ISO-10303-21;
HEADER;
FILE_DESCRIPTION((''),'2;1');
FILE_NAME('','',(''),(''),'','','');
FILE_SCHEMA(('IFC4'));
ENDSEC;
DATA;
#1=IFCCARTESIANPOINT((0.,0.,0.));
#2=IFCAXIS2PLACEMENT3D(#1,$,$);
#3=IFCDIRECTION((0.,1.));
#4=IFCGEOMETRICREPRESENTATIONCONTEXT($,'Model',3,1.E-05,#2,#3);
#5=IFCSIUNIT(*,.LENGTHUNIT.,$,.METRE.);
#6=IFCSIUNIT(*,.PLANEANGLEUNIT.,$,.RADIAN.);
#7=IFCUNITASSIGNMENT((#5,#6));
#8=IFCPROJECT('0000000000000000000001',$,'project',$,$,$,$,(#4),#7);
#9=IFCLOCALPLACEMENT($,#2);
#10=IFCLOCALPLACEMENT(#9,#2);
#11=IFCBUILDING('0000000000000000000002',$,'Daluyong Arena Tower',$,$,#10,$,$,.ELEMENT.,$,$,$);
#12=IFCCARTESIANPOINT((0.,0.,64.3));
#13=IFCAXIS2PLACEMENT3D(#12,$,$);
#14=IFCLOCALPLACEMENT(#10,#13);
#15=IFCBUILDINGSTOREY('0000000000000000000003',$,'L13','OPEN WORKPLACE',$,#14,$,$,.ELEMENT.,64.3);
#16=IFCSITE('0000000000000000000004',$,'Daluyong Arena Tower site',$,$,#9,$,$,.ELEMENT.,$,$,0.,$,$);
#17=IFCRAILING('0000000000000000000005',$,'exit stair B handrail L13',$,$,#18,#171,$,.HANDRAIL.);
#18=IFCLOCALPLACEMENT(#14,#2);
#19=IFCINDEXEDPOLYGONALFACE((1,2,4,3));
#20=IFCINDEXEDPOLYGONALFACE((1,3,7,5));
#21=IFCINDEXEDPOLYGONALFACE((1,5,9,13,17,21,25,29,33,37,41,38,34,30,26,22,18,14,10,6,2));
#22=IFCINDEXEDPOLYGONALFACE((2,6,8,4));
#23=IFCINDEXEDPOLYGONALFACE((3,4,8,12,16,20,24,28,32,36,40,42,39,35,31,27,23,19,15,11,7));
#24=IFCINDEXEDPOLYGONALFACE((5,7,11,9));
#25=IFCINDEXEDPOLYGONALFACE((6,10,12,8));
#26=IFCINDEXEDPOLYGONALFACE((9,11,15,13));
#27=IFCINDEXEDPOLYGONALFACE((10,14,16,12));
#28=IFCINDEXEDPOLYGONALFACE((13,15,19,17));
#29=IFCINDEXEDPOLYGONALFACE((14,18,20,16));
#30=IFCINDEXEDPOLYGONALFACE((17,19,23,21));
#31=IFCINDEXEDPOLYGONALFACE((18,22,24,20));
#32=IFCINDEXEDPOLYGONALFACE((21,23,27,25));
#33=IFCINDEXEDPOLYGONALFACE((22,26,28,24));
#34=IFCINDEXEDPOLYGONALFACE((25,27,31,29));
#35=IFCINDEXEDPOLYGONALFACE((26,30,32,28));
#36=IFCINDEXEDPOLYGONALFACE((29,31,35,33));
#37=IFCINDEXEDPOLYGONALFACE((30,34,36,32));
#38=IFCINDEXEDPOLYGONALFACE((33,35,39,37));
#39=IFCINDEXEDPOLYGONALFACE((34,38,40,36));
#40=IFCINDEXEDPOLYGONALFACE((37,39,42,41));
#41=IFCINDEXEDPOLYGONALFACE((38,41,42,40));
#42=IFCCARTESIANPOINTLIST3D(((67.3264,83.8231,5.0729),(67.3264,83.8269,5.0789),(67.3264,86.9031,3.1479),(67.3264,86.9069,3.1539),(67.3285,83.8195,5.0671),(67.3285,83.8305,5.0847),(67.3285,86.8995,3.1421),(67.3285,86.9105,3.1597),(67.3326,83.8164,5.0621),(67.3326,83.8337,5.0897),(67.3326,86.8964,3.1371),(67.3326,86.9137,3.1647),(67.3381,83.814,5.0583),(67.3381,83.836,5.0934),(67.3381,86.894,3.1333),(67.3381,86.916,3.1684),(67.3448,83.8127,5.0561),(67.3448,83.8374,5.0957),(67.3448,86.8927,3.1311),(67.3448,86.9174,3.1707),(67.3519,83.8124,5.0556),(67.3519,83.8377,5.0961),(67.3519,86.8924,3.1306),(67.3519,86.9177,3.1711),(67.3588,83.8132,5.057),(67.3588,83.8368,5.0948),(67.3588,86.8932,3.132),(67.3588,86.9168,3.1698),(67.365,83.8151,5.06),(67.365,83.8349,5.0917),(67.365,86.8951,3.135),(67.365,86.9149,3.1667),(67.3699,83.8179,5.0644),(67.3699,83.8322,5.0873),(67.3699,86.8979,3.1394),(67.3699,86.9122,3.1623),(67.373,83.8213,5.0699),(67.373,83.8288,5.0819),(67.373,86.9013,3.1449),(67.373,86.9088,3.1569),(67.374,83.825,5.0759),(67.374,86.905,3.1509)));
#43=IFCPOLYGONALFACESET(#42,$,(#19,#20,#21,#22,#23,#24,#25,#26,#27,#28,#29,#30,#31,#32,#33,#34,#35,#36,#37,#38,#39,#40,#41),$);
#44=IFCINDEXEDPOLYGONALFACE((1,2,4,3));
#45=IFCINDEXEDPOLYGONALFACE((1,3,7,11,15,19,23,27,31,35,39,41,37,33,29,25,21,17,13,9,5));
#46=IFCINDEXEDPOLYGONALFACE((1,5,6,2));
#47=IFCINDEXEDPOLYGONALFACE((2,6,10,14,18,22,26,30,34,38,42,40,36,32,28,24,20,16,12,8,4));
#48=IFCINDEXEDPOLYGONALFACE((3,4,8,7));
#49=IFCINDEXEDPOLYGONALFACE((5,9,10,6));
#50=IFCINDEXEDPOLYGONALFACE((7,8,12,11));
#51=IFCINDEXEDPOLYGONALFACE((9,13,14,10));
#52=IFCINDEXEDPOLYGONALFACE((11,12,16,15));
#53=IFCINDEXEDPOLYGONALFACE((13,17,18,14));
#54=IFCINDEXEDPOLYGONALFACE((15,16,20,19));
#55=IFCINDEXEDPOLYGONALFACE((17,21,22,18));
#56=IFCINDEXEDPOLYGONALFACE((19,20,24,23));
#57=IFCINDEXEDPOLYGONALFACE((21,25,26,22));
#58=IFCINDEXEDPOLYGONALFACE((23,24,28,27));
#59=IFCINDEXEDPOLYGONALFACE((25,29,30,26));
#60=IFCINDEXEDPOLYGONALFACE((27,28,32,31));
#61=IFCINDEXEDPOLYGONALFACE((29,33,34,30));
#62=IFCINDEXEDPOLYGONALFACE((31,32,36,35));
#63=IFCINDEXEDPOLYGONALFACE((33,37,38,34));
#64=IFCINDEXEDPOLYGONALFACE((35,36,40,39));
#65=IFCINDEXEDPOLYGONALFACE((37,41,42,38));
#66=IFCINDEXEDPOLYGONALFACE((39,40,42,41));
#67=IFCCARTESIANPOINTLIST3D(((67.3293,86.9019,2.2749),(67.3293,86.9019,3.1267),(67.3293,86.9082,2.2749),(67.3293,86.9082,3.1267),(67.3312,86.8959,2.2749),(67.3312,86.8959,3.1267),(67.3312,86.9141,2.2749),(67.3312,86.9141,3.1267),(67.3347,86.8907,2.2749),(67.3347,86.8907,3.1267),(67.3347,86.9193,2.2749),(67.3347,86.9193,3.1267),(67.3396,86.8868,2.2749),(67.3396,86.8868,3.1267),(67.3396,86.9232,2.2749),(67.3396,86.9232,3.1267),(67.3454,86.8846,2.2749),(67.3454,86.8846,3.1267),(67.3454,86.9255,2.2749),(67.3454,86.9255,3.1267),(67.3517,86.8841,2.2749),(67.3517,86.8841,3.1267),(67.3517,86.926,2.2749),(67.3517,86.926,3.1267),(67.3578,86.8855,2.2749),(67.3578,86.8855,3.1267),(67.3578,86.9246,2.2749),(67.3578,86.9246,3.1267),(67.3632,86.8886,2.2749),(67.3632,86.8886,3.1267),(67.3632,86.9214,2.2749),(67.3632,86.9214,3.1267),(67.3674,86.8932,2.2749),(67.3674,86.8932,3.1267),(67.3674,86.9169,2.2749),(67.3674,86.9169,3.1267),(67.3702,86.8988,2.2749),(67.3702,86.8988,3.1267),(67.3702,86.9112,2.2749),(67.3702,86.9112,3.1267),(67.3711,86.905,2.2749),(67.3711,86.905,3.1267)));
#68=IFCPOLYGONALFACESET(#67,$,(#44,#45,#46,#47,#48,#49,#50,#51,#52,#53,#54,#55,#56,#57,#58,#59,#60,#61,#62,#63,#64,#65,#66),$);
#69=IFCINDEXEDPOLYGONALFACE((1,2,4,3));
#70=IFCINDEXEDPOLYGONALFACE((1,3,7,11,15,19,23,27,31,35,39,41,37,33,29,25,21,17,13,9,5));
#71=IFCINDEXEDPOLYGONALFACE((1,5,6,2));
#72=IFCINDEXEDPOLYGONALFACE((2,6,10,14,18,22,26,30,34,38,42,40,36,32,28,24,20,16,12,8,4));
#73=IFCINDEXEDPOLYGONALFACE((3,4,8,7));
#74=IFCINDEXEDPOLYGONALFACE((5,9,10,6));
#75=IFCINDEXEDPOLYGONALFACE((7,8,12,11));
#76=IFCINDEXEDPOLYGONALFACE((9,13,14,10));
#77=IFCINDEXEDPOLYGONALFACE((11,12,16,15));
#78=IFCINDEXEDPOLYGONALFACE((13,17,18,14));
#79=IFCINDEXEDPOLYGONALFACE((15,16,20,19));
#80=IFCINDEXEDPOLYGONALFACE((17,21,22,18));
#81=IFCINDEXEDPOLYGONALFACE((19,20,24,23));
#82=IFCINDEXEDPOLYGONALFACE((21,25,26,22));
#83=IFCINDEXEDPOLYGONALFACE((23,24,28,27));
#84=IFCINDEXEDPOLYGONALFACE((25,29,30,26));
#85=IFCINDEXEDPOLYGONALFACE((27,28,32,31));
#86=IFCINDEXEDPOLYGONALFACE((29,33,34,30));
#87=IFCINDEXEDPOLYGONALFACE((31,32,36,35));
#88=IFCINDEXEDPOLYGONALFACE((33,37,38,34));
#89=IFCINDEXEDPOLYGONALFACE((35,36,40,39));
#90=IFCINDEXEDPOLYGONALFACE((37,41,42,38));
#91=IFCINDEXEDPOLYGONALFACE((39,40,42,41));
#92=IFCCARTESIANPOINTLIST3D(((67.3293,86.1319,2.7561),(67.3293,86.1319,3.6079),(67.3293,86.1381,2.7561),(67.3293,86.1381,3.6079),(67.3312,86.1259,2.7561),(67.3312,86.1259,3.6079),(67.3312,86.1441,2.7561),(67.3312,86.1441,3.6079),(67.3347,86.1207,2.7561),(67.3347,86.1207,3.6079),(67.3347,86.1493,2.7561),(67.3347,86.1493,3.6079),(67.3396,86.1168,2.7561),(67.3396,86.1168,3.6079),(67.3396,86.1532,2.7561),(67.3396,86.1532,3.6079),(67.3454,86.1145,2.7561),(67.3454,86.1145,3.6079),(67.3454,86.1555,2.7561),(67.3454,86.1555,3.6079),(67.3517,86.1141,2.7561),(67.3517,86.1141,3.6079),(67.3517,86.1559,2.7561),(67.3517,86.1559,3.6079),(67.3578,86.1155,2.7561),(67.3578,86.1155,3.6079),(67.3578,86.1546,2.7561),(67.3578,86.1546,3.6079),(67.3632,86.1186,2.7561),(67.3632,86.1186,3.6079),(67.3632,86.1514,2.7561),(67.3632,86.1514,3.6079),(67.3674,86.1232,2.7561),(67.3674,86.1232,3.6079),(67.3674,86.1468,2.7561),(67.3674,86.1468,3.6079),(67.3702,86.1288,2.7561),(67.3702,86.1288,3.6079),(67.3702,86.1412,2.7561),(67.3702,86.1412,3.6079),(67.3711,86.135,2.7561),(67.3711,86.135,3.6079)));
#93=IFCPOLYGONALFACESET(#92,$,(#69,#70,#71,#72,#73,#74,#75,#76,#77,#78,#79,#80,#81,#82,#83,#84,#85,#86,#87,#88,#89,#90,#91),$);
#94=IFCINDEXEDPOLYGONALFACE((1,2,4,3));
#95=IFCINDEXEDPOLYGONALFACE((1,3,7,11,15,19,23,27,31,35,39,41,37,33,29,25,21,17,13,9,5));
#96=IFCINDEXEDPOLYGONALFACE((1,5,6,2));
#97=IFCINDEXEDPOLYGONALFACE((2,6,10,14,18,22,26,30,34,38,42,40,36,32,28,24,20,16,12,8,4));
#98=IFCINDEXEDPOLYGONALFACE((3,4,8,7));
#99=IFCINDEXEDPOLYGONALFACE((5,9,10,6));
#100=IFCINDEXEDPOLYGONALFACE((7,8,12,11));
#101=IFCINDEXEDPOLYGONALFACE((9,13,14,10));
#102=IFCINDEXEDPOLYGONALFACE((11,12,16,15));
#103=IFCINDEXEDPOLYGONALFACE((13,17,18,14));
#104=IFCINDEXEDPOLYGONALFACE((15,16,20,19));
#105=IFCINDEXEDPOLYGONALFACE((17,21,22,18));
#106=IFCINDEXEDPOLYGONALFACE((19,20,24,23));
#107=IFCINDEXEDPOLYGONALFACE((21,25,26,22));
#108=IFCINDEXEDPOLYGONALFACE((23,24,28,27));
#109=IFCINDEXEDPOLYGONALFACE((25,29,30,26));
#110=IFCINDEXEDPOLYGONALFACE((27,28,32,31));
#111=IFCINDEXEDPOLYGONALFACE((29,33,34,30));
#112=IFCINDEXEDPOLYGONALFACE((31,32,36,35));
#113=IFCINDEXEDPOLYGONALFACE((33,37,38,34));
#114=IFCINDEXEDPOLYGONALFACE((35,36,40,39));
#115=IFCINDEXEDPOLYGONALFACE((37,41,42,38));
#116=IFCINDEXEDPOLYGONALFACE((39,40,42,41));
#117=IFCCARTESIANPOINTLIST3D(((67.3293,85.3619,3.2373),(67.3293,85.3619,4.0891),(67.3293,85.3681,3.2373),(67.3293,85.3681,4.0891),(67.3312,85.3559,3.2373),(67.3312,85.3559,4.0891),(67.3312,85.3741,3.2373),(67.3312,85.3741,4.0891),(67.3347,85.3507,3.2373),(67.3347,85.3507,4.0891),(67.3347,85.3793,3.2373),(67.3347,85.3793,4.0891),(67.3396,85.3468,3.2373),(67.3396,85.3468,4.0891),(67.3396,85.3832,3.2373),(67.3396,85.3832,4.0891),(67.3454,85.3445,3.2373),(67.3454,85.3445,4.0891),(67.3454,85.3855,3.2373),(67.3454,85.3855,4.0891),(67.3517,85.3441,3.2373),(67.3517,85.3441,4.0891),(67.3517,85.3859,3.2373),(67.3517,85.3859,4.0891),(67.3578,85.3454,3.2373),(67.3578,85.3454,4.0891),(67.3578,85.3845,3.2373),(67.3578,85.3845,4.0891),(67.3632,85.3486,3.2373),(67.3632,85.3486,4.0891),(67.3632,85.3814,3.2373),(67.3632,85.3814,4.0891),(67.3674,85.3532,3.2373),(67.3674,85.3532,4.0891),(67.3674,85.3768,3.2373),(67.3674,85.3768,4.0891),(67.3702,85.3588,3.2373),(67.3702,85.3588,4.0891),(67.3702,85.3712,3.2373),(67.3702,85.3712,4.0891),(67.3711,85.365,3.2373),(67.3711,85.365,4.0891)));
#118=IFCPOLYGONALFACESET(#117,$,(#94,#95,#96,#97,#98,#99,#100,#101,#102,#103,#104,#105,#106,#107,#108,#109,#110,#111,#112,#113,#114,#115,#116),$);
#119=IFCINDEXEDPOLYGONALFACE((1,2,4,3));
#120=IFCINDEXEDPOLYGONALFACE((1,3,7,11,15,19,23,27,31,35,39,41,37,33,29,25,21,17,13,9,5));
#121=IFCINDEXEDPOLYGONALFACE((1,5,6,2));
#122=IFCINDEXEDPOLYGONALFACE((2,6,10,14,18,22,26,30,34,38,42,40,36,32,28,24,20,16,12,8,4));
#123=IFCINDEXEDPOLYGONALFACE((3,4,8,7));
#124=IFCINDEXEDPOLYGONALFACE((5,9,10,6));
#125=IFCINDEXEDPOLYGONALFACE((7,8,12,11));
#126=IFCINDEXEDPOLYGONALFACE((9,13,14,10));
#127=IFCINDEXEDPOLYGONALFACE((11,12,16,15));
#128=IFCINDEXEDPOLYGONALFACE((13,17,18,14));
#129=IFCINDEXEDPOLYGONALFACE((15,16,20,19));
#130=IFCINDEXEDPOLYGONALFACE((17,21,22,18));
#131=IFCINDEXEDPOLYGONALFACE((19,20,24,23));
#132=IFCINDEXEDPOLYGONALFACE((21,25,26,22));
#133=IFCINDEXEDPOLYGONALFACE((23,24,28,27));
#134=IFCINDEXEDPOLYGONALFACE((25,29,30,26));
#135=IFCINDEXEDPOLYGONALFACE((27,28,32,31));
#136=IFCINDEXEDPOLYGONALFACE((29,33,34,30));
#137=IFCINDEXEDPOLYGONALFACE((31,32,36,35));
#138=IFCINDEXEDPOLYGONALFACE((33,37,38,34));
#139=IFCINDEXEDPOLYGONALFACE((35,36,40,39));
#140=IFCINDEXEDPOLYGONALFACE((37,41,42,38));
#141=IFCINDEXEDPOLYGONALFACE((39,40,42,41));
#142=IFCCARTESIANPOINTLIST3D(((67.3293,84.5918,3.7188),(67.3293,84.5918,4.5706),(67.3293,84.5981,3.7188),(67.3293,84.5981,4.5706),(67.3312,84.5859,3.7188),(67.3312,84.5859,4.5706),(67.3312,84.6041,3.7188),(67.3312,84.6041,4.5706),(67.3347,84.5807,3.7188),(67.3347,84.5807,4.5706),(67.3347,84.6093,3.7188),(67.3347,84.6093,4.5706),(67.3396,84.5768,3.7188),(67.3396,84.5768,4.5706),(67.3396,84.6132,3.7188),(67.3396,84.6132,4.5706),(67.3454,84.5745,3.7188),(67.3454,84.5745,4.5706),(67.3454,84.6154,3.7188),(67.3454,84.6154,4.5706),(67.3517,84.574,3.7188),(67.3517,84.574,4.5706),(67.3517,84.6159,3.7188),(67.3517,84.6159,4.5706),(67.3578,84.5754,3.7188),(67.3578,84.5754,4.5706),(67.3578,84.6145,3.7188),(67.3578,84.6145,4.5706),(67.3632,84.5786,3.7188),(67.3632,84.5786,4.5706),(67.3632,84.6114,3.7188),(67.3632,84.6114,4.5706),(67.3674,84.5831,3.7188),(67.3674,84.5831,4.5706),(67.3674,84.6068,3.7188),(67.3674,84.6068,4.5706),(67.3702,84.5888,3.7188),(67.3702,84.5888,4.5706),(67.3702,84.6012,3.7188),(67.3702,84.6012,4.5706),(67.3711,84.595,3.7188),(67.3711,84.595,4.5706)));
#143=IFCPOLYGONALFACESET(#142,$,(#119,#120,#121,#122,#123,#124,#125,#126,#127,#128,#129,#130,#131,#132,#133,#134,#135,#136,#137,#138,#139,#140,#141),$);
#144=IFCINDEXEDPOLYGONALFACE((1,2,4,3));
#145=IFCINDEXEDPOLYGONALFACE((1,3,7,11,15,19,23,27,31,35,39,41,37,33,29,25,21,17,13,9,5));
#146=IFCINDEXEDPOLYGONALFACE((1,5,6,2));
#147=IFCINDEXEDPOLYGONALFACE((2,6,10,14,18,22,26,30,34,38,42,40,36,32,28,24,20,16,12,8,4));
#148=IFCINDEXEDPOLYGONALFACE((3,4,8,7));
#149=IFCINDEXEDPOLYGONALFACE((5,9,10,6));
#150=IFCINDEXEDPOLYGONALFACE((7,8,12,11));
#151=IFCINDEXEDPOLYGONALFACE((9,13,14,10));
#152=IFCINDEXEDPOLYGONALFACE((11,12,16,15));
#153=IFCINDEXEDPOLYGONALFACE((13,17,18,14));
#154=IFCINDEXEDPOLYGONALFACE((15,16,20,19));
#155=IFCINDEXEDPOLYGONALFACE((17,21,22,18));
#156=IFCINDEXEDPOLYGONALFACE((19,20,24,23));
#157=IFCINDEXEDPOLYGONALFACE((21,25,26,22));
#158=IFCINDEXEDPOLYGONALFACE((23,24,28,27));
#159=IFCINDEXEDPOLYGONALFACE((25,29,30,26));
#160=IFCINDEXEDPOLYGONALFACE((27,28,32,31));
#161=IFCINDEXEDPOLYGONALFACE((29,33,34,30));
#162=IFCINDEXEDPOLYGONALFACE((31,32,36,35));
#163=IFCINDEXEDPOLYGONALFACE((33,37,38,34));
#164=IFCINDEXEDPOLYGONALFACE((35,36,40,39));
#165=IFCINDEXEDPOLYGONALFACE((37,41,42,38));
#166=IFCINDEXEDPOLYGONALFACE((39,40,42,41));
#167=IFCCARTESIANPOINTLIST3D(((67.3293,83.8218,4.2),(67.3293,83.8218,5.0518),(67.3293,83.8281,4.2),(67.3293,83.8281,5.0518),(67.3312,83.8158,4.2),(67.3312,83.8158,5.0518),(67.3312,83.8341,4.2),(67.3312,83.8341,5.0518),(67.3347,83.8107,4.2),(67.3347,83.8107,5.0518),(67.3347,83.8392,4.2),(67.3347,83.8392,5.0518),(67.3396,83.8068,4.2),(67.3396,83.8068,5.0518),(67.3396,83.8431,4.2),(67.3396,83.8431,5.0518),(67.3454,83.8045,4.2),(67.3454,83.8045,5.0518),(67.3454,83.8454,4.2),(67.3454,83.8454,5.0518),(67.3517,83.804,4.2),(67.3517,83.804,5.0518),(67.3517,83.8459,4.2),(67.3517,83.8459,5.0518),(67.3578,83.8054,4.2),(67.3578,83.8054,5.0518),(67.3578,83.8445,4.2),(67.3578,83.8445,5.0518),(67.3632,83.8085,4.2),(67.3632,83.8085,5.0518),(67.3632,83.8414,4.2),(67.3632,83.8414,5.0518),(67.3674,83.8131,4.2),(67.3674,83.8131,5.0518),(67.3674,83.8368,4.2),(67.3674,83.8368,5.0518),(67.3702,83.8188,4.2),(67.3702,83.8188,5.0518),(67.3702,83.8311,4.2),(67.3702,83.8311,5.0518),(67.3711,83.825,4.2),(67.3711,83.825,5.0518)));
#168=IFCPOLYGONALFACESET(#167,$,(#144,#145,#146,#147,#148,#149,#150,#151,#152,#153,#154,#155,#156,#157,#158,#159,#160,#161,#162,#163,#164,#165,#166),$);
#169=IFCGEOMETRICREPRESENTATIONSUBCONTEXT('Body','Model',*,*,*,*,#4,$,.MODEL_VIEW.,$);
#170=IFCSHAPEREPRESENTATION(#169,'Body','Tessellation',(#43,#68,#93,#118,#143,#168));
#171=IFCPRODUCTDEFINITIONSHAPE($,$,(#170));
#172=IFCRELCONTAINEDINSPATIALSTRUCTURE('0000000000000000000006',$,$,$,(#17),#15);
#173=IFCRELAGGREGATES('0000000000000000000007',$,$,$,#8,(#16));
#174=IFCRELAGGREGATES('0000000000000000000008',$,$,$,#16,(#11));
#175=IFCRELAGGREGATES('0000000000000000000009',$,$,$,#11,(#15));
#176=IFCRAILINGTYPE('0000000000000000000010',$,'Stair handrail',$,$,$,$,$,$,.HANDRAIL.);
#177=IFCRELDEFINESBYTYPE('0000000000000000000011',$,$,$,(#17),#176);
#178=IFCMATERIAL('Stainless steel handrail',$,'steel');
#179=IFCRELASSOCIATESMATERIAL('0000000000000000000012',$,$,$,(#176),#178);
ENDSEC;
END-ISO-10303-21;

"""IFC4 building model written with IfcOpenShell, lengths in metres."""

from ifc_helpers import new_model, si_unit, direction, frame, origin, origin_2d, place, context, subcontext, project, spatial, circle, extrude, material, type_object, element, save


model = new_model("IFC4")

# Units and contexts
model_context = context("Model", 3, precision=1e-05, world=origin(), true_north=direction((0.0, 1.0)))
body_context = subcontext(model_context, "Body", "Model", "MODEL_VIEW")
ifc_project = project(units=[si_unit("LENGTHUNIT", "METRE"), si_unit("PLANEANGLEUNIT", "RADIAN")], contexts=[model_context])

# Site, building, storey
site_placement = place(None, origin())
site = spatial("IfcSite", under=ifc_project, at=site_placement, Name="Daluyong Arena Tower site", CompositionType="ELEMENT", RefElevation=0.0)
building_placement = place(site_placement, origin())
building = spatial("IfcBuilding", under=site, at=building_placement, Name="Daluyong Arena Tower", CompositionType="ELEMENT")
storey_placement = place(building_placement, frame((0.0, 0.0, 64.3)))
storey = spatial("IfcBuildingStorey", under=building, at=storey_placement, Name="L13", Description="OPEN WORKPLACE", CompositionType="ELEMENT", Elevation=64.3)

# Railing
ifc_material_1 = material(Name="Stainless steel handrail", Category="steel")
railing_type = type_object("IfcRailingType", Name="Stair handrail", PredefinedType="HANDRAIL", material=ifc_material_1)
railing_placement = place(storey_placement, frame((67.3501, 86.905, 2.2749)))
element("IfcRailing", 1, at=railing_placement, inside=storey, type_object=railing_type, Name="exit stair B handrail L13", PredefinedType="HANDRAIL", context=body_context, shape_type="SweptSolid", body=[
    extrude(circle(Radius=0.0239, at=origin_2d()), frame((0.0, 0.0, 0.876), z_axis=(0.0, -0.847998, 0.529999), x_axis=(1.0, 0.0, 0.0)), (0.0, 0.0, 1.0), 3.6321),
    extrude(circle(Radius=0.021, at=origin_2d()), origin(), (0.0, 0.0, 1.0), 0.8518),
    extrude(circle(Radius=0.021, at=origin_2d()), frame((0.0, -0.77, 0.4812)), (0.0, 0.0, 1.0), 0.8518),
    extrude(circle(Radius=0.021, at=origin_2d()), frame((0.0, -1.54, 0.9624)), (0.0, 0.0, 1.0), 0.8518),
    extrude(circle(Radius=0.021, at=origin_2d()), frame((0.0, -2.3101, 1.4438)), (0.0, 0.0, 1.0), 0.8518),
    extrude(circle(Radius=0.021, at=origin_2d()), frame((0.0, -3.0801, 1.925)), (0.0, 0.0, 1.0), 0.8518),
])

save(model, "model.ifc")
